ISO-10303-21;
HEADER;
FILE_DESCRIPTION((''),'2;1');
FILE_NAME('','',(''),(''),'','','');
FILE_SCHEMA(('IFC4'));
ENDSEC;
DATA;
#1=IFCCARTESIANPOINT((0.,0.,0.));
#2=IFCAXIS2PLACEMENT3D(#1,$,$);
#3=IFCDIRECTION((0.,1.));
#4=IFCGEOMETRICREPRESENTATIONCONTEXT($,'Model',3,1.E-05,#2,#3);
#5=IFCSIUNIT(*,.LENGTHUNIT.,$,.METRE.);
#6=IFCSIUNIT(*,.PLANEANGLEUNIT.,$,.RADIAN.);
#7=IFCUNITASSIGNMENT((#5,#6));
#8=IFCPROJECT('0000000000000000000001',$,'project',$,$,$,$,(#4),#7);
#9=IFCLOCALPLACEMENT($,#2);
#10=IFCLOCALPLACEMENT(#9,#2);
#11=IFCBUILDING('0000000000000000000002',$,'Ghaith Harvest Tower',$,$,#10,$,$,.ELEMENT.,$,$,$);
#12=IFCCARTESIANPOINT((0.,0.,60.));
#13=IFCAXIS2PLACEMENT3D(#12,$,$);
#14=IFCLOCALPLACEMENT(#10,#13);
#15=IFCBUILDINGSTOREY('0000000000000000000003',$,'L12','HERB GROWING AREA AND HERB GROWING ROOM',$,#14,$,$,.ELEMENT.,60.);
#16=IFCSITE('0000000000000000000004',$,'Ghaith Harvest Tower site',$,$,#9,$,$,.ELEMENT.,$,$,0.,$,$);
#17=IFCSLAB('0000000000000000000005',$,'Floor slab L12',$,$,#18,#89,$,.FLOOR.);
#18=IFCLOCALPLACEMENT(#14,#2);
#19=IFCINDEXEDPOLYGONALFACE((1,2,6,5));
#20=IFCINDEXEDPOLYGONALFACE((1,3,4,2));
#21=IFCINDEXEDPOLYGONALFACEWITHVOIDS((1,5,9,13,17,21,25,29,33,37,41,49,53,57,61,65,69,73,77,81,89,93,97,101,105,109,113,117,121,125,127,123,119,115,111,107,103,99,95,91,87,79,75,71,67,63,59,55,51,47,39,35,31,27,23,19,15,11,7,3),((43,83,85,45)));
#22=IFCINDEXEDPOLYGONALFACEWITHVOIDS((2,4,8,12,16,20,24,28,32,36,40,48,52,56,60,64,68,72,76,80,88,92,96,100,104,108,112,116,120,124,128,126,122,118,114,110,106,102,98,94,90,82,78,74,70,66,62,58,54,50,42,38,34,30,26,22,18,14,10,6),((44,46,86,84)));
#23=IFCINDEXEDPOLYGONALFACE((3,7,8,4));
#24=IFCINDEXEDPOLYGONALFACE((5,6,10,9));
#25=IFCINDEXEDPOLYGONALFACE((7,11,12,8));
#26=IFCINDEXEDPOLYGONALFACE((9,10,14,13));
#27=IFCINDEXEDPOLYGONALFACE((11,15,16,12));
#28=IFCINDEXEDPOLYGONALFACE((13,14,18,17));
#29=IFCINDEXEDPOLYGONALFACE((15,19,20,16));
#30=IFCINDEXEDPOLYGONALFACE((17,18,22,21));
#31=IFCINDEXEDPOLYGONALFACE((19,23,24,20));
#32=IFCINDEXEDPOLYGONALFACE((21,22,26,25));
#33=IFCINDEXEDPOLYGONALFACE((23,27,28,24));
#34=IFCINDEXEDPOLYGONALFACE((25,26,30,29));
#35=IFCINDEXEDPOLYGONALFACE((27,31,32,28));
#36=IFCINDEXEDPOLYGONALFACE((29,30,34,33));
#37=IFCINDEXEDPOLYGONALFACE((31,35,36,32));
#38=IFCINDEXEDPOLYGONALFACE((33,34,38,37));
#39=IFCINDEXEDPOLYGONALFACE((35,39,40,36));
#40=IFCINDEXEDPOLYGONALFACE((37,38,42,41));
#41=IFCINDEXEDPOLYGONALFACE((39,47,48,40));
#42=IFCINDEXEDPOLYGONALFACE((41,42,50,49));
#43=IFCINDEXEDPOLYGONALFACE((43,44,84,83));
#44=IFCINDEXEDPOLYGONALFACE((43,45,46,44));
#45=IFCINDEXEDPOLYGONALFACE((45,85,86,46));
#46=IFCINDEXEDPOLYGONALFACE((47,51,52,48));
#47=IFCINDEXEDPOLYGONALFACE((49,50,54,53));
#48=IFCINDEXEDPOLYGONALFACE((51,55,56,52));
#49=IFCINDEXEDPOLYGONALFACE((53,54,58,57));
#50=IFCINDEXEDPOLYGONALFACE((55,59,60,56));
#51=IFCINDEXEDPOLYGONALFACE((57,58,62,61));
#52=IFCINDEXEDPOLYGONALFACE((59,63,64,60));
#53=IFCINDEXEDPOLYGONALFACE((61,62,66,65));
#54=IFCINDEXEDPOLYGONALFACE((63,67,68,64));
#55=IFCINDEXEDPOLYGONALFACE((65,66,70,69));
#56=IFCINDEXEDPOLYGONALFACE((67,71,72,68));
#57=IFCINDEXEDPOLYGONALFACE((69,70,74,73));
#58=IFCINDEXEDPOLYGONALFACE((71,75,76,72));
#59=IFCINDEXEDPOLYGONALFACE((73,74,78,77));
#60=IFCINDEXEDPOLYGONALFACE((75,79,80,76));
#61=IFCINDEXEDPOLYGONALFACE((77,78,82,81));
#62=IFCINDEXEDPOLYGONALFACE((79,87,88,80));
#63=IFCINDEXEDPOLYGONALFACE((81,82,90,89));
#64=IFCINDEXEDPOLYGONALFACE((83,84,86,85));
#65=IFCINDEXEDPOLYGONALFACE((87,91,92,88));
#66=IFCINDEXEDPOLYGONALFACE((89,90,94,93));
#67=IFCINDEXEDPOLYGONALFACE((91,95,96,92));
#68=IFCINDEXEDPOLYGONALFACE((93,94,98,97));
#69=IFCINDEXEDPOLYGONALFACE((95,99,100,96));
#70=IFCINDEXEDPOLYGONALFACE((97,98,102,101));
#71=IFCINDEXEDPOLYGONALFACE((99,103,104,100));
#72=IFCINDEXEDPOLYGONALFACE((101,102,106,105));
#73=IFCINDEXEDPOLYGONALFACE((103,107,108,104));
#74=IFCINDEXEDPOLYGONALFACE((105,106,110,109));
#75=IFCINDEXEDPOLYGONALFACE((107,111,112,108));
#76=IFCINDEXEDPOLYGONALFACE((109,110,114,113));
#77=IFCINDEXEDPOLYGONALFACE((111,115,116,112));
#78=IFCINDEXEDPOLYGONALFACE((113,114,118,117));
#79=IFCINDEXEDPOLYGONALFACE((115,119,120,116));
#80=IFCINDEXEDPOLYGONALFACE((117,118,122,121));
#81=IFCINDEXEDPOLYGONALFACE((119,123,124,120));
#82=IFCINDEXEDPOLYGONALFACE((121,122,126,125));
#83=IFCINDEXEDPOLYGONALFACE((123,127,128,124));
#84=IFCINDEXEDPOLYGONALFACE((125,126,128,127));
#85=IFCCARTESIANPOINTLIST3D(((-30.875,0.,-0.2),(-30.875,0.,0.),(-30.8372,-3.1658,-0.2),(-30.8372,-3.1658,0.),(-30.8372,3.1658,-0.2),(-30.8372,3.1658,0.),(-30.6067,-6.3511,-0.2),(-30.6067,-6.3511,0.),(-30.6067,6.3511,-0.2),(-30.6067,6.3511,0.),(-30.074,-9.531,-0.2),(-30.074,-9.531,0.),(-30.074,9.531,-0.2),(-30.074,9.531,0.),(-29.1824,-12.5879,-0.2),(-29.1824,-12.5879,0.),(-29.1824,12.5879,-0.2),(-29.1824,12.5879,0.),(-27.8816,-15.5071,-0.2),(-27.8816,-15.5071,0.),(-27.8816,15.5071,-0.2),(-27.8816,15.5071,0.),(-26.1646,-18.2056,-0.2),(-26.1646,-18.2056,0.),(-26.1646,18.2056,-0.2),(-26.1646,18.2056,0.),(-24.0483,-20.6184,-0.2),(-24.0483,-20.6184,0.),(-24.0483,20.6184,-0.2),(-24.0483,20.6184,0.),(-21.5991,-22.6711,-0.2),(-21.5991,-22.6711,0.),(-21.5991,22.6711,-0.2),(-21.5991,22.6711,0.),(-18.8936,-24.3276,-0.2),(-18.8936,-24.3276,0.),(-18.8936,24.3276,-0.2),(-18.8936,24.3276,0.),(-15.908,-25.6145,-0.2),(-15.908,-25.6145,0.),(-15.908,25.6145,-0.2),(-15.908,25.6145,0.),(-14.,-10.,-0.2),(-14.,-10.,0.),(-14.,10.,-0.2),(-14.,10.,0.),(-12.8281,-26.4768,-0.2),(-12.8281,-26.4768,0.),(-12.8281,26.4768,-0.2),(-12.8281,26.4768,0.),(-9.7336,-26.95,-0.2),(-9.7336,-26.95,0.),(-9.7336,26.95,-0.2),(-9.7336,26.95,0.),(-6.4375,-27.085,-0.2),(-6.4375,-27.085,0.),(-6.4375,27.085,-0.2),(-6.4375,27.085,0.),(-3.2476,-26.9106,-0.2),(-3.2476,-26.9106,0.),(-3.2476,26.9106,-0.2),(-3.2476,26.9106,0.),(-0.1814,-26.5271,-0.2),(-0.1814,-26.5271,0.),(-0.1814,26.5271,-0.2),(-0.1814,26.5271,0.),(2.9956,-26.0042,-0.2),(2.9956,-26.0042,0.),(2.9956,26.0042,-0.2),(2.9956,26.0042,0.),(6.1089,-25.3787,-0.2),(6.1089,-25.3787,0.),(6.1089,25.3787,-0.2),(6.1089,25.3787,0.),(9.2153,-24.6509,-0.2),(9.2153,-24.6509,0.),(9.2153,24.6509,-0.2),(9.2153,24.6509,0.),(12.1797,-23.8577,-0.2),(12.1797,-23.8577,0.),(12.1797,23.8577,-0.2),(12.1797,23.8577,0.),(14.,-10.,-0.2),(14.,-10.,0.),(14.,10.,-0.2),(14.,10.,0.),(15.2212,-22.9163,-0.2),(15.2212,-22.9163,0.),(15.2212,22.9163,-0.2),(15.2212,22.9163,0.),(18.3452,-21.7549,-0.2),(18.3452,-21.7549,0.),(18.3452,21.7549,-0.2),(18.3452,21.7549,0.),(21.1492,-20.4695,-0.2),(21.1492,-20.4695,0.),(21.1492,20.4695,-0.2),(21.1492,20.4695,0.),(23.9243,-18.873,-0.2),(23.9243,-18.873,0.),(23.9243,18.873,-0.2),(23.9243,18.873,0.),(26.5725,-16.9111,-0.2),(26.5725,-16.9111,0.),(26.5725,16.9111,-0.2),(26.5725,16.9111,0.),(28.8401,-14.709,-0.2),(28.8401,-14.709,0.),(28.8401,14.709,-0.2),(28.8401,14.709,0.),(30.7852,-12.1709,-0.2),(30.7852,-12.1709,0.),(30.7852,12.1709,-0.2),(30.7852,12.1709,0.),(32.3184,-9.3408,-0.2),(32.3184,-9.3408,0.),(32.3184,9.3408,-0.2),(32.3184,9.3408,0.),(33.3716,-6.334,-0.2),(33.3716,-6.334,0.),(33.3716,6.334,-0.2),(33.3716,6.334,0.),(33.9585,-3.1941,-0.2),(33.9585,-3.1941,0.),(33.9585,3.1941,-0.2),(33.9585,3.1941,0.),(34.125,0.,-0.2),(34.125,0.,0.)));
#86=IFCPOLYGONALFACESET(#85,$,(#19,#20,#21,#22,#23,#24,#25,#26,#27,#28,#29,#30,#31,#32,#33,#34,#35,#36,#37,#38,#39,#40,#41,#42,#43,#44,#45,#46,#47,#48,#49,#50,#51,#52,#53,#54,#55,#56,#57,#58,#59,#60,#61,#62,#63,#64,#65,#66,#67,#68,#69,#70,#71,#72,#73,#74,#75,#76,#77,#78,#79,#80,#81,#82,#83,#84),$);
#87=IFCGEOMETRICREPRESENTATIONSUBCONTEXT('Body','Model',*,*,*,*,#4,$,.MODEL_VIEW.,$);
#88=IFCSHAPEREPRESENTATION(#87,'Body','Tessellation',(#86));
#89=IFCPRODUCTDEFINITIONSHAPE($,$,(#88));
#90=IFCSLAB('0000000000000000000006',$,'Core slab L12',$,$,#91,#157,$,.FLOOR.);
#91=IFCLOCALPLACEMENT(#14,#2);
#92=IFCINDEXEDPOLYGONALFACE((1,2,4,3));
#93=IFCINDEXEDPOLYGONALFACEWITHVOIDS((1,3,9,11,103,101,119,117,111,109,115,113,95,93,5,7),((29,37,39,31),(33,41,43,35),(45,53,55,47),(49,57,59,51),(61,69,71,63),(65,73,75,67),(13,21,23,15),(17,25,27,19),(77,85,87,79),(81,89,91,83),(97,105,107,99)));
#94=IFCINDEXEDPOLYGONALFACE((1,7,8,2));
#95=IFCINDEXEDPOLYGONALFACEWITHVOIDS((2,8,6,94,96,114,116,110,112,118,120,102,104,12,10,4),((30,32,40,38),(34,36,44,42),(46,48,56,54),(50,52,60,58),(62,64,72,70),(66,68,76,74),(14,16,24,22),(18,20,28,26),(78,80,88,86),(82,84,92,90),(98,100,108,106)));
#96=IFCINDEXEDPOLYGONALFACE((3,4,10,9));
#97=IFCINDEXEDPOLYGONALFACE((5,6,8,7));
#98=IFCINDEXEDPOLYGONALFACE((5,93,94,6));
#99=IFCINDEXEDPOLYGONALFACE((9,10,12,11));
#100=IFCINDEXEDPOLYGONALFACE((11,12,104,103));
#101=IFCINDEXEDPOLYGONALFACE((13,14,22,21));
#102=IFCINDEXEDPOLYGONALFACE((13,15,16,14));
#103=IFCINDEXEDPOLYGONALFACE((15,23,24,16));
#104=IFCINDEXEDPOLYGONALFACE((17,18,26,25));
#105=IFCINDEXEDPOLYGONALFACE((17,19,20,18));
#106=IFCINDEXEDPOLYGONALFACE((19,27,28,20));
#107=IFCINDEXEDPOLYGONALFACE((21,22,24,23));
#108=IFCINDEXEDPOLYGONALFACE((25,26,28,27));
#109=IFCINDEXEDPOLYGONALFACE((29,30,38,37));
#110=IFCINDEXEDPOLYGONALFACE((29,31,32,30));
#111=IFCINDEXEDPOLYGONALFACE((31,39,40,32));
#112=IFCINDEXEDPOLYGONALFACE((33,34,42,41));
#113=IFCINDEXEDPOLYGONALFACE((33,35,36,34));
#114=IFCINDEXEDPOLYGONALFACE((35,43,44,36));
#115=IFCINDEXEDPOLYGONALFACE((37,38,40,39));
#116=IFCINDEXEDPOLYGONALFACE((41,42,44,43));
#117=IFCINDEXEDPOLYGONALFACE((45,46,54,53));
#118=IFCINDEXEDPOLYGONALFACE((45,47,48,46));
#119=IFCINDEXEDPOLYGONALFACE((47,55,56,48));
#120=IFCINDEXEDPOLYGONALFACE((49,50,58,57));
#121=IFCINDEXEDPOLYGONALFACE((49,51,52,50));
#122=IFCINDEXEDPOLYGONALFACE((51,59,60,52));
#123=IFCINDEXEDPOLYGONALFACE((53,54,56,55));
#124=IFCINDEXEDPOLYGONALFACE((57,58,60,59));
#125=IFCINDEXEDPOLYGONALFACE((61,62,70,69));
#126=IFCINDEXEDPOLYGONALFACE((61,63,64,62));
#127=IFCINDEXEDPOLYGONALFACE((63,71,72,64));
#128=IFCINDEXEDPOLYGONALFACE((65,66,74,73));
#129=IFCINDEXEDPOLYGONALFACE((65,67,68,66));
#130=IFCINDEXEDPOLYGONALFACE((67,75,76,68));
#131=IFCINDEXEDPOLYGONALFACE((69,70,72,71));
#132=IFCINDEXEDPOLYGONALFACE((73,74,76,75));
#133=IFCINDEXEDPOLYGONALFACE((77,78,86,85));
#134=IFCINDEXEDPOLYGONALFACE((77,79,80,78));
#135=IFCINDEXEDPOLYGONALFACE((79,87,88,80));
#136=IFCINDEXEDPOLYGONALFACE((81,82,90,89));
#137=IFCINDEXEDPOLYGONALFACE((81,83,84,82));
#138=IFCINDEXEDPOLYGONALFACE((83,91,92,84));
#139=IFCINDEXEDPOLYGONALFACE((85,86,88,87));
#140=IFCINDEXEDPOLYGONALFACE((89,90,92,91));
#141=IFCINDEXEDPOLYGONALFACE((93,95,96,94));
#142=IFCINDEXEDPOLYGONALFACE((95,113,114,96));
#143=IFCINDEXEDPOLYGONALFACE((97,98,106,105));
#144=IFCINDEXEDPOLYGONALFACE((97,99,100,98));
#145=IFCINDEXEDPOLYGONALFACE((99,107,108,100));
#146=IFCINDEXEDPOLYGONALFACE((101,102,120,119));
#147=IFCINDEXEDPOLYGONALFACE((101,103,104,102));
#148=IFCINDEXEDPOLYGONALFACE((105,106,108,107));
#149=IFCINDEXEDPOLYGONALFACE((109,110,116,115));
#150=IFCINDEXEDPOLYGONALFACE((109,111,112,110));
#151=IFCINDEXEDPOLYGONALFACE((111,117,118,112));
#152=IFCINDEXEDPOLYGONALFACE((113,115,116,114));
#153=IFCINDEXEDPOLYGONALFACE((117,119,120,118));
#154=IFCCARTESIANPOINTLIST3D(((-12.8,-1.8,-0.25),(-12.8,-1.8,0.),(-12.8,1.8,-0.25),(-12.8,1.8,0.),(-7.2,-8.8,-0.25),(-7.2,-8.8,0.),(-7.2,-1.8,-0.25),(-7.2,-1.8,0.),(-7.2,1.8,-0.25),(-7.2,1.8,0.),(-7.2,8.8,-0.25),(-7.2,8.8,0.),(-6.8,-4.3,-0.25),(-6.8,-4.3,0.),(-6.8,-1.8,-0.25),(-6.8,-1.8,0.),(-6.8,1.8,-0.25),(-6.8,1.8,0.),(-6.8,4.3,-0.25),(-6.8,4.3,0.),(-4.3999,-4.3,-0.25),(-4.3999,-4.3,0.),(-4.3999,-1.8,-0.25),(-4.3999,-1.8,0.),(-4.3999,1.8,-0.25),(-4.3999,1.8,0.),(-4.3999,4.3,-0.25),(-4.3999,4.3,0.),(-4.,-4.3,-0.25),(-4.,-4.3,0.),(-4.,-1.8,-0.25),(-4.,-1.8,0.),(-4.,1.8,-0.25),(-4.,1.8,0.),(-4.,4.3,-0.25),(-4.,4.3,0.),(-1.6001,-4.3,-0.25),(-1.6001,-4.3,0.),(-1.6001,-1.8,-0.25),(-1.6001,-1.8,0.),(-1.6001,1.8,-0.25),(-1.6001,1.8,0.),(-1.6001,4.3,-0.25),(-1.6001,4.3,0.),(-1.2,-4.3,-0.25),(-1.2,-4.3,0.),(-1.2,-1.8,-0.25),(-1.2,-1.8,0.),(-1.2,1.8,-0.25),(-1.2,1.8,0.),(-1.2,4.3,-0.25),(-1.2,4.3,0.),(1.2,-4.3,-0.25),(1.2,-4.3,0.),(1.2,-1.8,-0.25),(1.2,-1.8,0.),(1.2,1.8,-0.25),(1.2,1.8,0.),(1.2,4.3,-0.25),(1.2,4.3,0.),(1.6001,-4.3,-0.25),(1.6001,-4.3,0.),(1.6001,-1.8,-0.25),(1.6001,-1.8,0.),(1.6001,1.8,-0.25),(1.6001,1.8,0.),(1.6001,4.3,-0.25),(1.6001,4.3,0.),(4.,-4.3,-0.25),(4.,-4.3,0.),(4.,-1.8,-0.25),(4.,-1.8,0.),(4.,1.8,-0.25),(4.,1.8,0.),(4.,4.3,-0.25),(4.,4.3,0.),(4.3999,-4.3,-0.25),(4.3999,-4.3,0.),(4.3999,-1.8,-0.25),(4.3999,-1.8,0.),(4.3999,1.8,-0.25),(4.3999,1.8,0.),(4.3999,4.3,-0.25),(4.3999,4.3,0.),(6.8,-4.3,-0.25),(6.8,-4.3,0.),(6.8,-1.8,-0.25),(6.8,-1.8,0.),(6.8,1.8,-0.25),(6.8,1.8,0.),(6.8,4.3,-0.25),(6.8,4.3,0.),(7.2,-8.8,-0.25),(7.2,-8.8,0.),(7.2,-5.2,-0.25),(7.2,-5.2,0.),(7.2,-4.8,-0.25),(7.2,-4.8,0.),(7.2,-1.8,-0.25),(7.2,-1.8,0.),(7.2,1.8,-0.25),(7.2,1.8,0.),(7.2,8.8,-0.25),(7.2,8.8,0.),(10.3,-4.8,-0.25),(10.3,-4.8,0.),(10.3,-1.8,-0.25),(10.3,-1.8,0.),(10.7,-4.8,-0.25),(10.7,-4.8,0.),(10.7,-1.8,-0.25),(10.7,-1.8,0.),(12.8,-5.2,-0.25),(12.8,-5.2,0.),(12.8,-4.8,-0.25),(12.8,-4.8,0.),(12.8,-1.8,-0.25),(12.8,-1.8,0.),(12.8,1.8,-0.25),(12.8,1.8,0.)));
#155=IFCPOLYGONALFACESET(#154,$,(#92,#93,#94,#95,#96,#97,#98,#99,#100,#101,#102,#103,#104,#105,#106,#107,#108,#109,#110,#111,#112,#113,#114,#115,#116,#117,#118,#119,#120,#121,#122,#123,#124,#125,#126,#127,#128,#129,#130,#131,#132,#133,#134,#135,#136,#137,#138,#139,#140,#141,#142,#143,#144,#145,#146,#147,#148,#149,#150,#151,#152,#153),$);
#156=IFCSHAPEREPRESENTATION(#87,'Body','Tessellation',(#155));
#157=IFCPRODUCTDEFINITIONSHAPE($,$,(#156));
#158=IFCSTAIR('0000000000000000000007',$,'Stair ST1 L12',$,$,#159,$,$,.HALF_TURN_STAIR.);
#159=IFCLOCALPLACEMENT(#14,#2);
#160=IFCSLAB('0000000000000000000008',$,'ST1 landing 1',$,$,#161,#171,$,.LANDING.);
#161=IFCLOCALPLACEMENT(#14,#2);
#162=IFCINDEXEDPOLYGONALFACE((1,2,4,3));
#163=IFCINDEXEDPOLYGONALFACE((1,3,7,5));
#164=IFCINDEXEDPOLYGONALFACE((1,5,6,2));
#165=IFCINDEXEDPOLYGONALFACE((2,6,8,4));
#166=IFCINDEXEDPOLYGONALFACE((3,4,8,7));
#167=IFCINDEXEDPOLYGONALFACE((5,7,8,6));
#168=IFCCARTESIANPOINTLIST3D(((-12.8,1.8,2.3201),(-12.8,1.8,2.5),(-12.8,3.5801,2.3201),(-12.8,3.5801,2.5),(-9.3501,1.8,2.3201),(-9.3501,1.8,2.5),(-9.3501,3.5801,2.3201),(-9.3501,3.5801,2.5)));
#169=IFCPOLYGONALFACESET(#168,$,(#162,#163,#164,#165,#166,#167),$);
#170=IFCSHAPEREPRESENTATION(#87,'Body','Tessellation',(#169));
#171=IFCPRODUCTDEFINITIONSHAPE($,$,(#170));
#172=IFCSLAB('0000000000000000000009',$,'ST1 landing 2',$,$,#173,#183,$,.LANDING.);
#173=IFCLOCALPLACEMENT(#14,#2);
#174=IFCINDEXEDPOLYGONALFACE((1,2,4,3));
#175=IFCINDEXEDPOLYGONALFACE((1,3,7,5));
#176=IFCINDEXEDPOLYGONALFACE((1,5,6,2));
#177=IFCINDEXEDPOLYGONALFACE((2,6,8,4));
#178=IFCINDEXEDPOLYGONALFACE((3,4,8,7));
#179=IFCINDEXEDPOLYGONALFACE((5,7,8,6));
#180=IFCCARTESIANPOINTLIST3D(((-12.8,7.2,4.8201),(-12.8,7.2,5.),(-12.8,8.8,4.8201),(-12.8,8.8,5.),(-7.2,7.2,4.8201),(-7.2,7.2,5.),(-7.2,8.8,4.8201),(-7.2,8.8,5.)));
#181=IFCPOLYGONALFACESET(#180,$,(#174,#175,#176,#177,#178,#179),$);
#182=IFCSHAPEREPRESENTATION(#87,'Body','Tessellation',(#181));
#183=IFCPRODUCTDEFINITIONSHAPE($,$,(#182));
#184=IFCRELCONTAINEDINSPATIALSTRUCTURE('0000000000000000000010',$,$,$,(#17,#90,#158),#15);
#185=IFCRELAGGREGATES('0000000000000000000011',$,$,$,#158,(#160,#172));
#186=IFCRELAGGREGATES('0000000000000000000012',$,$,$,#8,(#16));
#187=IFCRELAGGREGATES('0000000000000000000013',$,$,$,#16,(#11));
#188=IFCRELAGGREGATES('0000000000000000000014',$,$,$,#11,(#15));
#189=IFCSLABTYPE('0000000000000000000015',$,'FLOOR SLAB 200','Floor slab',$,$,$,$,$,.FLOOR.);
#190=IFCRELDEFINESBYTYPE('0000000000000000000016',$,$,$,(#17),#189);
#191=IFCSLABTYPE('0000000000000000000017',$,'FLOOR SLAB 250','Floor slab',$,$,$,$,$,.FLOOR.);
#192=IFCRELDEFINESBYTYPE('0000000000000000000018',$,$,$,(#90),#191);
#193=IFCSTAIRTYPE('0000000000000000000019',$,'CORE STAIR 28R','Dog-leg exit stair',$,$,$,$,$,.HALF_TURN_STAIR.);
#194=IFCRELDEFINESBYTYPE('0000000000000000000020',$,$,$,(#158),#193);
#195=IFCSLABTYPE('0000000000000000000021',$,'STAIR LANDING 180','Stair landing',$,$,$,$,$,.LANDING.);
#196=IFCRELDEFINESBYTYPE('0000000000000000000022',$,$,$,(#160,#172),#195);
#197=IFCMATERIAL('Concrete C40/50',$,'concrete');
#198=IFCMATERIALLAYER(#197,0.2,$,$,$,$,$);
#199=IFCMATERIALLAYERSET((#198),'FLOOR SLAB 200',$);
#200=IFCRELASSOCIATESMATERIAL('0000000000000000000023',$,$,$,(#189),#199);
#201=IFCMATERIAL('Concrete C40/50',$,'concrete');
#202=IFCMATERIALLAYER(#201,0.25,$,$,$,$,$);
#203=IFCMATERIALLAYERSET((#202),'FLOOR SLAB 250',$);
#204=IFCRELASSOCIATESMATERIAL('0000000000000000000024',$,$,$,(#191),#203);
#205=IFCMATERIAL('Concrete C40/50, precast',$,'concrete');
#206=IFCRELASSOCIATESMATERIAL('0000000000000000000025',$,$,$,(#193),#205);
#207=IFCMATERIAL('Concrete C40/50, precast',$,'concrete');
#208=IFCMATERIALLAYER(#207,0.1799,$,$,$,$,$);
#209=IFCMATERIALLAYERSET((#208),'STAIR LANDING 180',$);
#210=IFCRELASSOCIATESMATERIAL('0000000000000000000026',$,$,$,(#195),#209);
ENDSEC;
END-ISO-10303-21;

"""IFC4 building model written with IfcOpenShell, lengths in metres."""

from ifc_helpers import new_model, si_unit, direction, frame, origin, place, context, subcontext, project, spatial, polyline, outline, extrude, material, layer, layer_set, type_object, element, aggregate, save


model = new_model("IFC4")

# Units and contexts
model_context = context("Model", 3, precision=1e-05, world=origin(), true_north=direction((0.0, 1.0)))
body_context = subcontext(model_context, "Body", "Model", "MODEL_VIEW")
ifc_project = project(units=[si_unit("LENGTHUNIT", "METRE"), si_unit("PLANEANGLEUNIT", "RADIAN")], contexts=[model_context])

# Site, building, storey
site_placement = place(None, origin())
site = spatial("IfcSite", under=ifc_project, at=site_placement, Name="Ghaith Harvest Tower site", CompositionType="ELEMENT", RefElevation=0.0)
building_placement = place(site_placement, origin())
building = spatial("IfcBuilding", under=site, at=building_placement, Name="Ghaith Harvest Tower", CompositionType="ELEMENT")
storey_placement = place(building_placement, frame((0.0, 0.0, 60.0)))
storey = spatial("IfcBuildingStorey", under=building, at=storey_placement, Name="L12", Description="HERB GROWING AREA AND HERB GROWING ROOM", CompositionType="ELEMENT", Elevation=60.0)

# Slabs
ifc_material_1 = material(Name="Concrete C40/50", Category="concrete")
ifc_layer_1 = layer(ifc_material_1, 0.2)
ifc_layer_set_1 = layer_set([ifc_layer_1], Name="FLOOR SLAB 200")
slab_type_1 = type_object("IfcSlabType", Name="FLOOR SLAB 200", Description="Floor slab", PredefinedType="FLOOR", material=ifc_layer_set_1)
slab_1_placement = place(storey_placement, frame((0.0, 0.0, -0.2)))
element("IfcSlab", 1, at=slab_1_placement, inside=storey, type_object=slab_type_1, Name="Floor slab L12", PredefinedType="FLOOR", context=body_context, shape_type="SweptSolid", body=[
    extrude(outline(polyline([(34.125, 0.0), (33.9585, 3.1941), (33.3716, 6.334), (32.3184, 9.3408), (30.7852, 12.1709), (28.8401, 14.709), (26.5725, 16.9111), (23.9243, 18.873), (21.1492, 20.4695), (18.3452, 21.7549), (15.2212, 22.9163), (12.1797, 23.8577), (9.2153, 24.6509), (6.1089, 25.3787), (2.9956, 26.0042), (-0.1814, 26.5271), (-3.2476, 26.9106), (-6.4375, 27.085), (-9.7336, 26.95), (-12.8281, 26.4768), (-15.908, 25.6145), (-18.8936, 24.3276), (-21.5991, 22.6711), (-24.0483, 20.6184), (-26.1646, 18.2056), (-27.8816, 15.5071), (-29.1824, 12.5879), (-30.074, 9.531), (-30.6067, 6.3511), (-30.8372, 3.1658), (-30.875, 0.0), (-30.8372, -3.1658), (-30.6067, -6.3511), (-30.074, -9.531), (-29.1824, -12.5879), (-27.8816, -15.5071), (-26.1646, -18.2056), (-24.0483, -20.6184), (-21.5991, -22.6711), (-18.8936, -24.3276), (-15.908, -25.6145), (-12.8281, -26.4768), (-9.7336, -26.95), (-6.4375, -27.085), (-3.2476, -26.9106), (-0.1814, -26.5271), (2.9956, -26.0042), (6.1089, -25.3787), (9.2153, -24.6509), (12.1797, -23.8577), (15.2212, -22.9163), (18.3452, -21.7549), (21.1492, -20.4695), (23.9243, -18.873), (26.5725, -16.9111), (28.8401, -14.709), (30.7852, -12.1709), (32.3184, -9.3408), (33.3716, -6.334), (33.9585, -3.1941), (34.125, 0.0)]), holes=[polyline([(-14.0, -10.0), (14.0, -10.0), (14.0, 10.0), (-14.0, 10.0), (-14.0, -10.0)])]), origin(), (0.0, 0.0, 1.0), 0.2),
])
ifc_material_2 = material(Name="Concrete C40/50", Category="concrete")
ifc_layer_2 = layer(ifc_material_2, 0.25)
ifc_layer_set_2 = layer_set([ifc_layer_2], Name="FLOOR SLAB 250")
slab_type_2 = type_object("IfcSlabType", Name="FLOOR SLAB 250", Description="Floor slab", PredefinedType="FLOOR", material=ifc_layer_set_2)
slab_2_placement = place(storey_placement, frame((0.0, 0.0, -0.25)))
element("IfcSlab", 2, at=slab_2_placement, inside=storey, type_object=slab_type_2, Name="Core slab L12", PredefinedType="FLOOR", context=body_context, shape_type="SweptSolid", body=[
    extrude(outline(polyline([(-12.8, 1.8), (-7.2, 1.8), (-7.2, 8.8), (7.2, 8.8), (7.2, 1.8), (12.8, 1.8), (12.8, -1.8), (10.7, -1.8), (10.7, -4.8), (12.8, -4.8), (12.8, -5.2), (7.2, -5.2), (7.2, -8.8), (-7.2, -8.8), (-7.2, -1.8), (-12.8, -1.8), (-12.8, 1.8)]), holes=[polyline([(-4.3999, -4.3), (-4.3999, -1.8), (-6.8, -1.8), (-6.8, -4.3), (-4.3999, -4.3)]), polyline([(-1.6001, -4.3), (-1.6001, -1.8), (-4.0, -1.8), (-4.0, -4.3), (-1.6001, -4.3)]), polyline([(1.2, -4.3), (1.2, -1.8), (-1.2, -1.8), (-1.2, -4.3), (1.2, -4.3)]), polyline([(-4.3999, 1.8), (-4.3999, 4.3), (-6.8, 4.3), (-6.8, 1.8), (-4.3999, 1.8)]), polyline([(-1.6001, 1.8), (-1.6001, 4.3), (-4.0, 4.3), (-4.0, 1.8), (-1.6001, 1.8)]), polyline([(1.2, 1.8), (1.2, 4.3), (-1.2, 4.3), (-1.2, 1.8), (1.2, 1.8)]), polyline([(10.3, -4.8), (10.3, -1.8), (7.2, -1.8), (7.2, -4.8), (10.3, -4.8)]), polyline([(4.0, -4.3), (4.0, -1.8), (1.6001, -1.8), (1.6001, -4.3), (4.0, -4.3)]), polyline([(6.8, -4.3), (6.8, -1.8), (4.3999, -1.8), (4.3999, -4.3), (6.8, -4.3)]), polyline([(4.0, 1.8), (4.0, 4.3), (1.6001, 4.3), (1.6001, 1.8), (4.0, 1.8)]), polyline([(6.8, 1.8), (6.8, 4.3), (4.3999, 4.3), (4.3999, 1.8), (6.8, 1.8)])]), origin(), (0.0, 0.0, 1.0), 0.25),
])

# Stair, slabs
ifc_material_3 = material(Name="Concrete C40/50, precast", Category="concrete")
stair_type = type_object("IfcStairType", Name="CORE STAIR 28R", Description="Dog-leg exit stair", PredefinedType="HALF_TURN_STAIR", material=ifc_material_3)
stair_1_placement = place(storey_placement, origin())
stair_1 = element("IfcStair", 3, at=stair_1_placement, inside=storey, type_object=stair_type, Name="Stair ST1 L12", PredefinedType="HALF_TURN_STAIR")
ifc_material_4 = material(Name="Concrete C40/50, precast", Category="concrete")
ifc_layer_3 = layer(ifc_material_4, 0.1799)
ifc_layer_set_3 = layer_set([ifc_layer_3], Name="STAIR LANDING 180")
slab_type_3 = type_object("IfcSlabType", Name="STAIR LANDING 180", Description="Stair landing", PredefinedType="LANDING", material=ifc_layer_set_3)
slab_3_placement = place(storey_placement, frame((0.0, 0.0, 2.3201)))
slab_3 = element("IfcSlab", 4, at=slab_3_placement, type_object=slab_type_3, Name="ST1 landing 1", PredefinedType="LANDING", context=body_context, shape_type="SweptSolid", body=[
    extrude(outline(polyline([(-12.8, 3.5801), (-12.8, 1.8), (-9.3501, 1.8), (-9.3501, 3.5801), (-12.8, 3.5801)])), origin(), (0.0, 0.0, 1.0), 0.1799),
])
slab_4_placement = place(storey_placement, frame((0.0, 0.0, 4.8201)))
slab_4 = element("IfcSlab", 5, at=slab_4_placement, type_object=slab_type_3, Name="ST1 landing 2", PredefinedType="LANDING", context=body_context, shape_type="SweptSolid", body=[
    extrude(outline(polyline([(-12.8, 8.8), (-12.8, 7.2), (-7.2, 7.2), (-7.2, 8.8), (-12.8, 8.8)])), origin(), (0.0, 0.0, 1.0), 0.1799),
])
aggregate(stair_1, [slab_3, slab_4])

save(model, "model.ifc")
